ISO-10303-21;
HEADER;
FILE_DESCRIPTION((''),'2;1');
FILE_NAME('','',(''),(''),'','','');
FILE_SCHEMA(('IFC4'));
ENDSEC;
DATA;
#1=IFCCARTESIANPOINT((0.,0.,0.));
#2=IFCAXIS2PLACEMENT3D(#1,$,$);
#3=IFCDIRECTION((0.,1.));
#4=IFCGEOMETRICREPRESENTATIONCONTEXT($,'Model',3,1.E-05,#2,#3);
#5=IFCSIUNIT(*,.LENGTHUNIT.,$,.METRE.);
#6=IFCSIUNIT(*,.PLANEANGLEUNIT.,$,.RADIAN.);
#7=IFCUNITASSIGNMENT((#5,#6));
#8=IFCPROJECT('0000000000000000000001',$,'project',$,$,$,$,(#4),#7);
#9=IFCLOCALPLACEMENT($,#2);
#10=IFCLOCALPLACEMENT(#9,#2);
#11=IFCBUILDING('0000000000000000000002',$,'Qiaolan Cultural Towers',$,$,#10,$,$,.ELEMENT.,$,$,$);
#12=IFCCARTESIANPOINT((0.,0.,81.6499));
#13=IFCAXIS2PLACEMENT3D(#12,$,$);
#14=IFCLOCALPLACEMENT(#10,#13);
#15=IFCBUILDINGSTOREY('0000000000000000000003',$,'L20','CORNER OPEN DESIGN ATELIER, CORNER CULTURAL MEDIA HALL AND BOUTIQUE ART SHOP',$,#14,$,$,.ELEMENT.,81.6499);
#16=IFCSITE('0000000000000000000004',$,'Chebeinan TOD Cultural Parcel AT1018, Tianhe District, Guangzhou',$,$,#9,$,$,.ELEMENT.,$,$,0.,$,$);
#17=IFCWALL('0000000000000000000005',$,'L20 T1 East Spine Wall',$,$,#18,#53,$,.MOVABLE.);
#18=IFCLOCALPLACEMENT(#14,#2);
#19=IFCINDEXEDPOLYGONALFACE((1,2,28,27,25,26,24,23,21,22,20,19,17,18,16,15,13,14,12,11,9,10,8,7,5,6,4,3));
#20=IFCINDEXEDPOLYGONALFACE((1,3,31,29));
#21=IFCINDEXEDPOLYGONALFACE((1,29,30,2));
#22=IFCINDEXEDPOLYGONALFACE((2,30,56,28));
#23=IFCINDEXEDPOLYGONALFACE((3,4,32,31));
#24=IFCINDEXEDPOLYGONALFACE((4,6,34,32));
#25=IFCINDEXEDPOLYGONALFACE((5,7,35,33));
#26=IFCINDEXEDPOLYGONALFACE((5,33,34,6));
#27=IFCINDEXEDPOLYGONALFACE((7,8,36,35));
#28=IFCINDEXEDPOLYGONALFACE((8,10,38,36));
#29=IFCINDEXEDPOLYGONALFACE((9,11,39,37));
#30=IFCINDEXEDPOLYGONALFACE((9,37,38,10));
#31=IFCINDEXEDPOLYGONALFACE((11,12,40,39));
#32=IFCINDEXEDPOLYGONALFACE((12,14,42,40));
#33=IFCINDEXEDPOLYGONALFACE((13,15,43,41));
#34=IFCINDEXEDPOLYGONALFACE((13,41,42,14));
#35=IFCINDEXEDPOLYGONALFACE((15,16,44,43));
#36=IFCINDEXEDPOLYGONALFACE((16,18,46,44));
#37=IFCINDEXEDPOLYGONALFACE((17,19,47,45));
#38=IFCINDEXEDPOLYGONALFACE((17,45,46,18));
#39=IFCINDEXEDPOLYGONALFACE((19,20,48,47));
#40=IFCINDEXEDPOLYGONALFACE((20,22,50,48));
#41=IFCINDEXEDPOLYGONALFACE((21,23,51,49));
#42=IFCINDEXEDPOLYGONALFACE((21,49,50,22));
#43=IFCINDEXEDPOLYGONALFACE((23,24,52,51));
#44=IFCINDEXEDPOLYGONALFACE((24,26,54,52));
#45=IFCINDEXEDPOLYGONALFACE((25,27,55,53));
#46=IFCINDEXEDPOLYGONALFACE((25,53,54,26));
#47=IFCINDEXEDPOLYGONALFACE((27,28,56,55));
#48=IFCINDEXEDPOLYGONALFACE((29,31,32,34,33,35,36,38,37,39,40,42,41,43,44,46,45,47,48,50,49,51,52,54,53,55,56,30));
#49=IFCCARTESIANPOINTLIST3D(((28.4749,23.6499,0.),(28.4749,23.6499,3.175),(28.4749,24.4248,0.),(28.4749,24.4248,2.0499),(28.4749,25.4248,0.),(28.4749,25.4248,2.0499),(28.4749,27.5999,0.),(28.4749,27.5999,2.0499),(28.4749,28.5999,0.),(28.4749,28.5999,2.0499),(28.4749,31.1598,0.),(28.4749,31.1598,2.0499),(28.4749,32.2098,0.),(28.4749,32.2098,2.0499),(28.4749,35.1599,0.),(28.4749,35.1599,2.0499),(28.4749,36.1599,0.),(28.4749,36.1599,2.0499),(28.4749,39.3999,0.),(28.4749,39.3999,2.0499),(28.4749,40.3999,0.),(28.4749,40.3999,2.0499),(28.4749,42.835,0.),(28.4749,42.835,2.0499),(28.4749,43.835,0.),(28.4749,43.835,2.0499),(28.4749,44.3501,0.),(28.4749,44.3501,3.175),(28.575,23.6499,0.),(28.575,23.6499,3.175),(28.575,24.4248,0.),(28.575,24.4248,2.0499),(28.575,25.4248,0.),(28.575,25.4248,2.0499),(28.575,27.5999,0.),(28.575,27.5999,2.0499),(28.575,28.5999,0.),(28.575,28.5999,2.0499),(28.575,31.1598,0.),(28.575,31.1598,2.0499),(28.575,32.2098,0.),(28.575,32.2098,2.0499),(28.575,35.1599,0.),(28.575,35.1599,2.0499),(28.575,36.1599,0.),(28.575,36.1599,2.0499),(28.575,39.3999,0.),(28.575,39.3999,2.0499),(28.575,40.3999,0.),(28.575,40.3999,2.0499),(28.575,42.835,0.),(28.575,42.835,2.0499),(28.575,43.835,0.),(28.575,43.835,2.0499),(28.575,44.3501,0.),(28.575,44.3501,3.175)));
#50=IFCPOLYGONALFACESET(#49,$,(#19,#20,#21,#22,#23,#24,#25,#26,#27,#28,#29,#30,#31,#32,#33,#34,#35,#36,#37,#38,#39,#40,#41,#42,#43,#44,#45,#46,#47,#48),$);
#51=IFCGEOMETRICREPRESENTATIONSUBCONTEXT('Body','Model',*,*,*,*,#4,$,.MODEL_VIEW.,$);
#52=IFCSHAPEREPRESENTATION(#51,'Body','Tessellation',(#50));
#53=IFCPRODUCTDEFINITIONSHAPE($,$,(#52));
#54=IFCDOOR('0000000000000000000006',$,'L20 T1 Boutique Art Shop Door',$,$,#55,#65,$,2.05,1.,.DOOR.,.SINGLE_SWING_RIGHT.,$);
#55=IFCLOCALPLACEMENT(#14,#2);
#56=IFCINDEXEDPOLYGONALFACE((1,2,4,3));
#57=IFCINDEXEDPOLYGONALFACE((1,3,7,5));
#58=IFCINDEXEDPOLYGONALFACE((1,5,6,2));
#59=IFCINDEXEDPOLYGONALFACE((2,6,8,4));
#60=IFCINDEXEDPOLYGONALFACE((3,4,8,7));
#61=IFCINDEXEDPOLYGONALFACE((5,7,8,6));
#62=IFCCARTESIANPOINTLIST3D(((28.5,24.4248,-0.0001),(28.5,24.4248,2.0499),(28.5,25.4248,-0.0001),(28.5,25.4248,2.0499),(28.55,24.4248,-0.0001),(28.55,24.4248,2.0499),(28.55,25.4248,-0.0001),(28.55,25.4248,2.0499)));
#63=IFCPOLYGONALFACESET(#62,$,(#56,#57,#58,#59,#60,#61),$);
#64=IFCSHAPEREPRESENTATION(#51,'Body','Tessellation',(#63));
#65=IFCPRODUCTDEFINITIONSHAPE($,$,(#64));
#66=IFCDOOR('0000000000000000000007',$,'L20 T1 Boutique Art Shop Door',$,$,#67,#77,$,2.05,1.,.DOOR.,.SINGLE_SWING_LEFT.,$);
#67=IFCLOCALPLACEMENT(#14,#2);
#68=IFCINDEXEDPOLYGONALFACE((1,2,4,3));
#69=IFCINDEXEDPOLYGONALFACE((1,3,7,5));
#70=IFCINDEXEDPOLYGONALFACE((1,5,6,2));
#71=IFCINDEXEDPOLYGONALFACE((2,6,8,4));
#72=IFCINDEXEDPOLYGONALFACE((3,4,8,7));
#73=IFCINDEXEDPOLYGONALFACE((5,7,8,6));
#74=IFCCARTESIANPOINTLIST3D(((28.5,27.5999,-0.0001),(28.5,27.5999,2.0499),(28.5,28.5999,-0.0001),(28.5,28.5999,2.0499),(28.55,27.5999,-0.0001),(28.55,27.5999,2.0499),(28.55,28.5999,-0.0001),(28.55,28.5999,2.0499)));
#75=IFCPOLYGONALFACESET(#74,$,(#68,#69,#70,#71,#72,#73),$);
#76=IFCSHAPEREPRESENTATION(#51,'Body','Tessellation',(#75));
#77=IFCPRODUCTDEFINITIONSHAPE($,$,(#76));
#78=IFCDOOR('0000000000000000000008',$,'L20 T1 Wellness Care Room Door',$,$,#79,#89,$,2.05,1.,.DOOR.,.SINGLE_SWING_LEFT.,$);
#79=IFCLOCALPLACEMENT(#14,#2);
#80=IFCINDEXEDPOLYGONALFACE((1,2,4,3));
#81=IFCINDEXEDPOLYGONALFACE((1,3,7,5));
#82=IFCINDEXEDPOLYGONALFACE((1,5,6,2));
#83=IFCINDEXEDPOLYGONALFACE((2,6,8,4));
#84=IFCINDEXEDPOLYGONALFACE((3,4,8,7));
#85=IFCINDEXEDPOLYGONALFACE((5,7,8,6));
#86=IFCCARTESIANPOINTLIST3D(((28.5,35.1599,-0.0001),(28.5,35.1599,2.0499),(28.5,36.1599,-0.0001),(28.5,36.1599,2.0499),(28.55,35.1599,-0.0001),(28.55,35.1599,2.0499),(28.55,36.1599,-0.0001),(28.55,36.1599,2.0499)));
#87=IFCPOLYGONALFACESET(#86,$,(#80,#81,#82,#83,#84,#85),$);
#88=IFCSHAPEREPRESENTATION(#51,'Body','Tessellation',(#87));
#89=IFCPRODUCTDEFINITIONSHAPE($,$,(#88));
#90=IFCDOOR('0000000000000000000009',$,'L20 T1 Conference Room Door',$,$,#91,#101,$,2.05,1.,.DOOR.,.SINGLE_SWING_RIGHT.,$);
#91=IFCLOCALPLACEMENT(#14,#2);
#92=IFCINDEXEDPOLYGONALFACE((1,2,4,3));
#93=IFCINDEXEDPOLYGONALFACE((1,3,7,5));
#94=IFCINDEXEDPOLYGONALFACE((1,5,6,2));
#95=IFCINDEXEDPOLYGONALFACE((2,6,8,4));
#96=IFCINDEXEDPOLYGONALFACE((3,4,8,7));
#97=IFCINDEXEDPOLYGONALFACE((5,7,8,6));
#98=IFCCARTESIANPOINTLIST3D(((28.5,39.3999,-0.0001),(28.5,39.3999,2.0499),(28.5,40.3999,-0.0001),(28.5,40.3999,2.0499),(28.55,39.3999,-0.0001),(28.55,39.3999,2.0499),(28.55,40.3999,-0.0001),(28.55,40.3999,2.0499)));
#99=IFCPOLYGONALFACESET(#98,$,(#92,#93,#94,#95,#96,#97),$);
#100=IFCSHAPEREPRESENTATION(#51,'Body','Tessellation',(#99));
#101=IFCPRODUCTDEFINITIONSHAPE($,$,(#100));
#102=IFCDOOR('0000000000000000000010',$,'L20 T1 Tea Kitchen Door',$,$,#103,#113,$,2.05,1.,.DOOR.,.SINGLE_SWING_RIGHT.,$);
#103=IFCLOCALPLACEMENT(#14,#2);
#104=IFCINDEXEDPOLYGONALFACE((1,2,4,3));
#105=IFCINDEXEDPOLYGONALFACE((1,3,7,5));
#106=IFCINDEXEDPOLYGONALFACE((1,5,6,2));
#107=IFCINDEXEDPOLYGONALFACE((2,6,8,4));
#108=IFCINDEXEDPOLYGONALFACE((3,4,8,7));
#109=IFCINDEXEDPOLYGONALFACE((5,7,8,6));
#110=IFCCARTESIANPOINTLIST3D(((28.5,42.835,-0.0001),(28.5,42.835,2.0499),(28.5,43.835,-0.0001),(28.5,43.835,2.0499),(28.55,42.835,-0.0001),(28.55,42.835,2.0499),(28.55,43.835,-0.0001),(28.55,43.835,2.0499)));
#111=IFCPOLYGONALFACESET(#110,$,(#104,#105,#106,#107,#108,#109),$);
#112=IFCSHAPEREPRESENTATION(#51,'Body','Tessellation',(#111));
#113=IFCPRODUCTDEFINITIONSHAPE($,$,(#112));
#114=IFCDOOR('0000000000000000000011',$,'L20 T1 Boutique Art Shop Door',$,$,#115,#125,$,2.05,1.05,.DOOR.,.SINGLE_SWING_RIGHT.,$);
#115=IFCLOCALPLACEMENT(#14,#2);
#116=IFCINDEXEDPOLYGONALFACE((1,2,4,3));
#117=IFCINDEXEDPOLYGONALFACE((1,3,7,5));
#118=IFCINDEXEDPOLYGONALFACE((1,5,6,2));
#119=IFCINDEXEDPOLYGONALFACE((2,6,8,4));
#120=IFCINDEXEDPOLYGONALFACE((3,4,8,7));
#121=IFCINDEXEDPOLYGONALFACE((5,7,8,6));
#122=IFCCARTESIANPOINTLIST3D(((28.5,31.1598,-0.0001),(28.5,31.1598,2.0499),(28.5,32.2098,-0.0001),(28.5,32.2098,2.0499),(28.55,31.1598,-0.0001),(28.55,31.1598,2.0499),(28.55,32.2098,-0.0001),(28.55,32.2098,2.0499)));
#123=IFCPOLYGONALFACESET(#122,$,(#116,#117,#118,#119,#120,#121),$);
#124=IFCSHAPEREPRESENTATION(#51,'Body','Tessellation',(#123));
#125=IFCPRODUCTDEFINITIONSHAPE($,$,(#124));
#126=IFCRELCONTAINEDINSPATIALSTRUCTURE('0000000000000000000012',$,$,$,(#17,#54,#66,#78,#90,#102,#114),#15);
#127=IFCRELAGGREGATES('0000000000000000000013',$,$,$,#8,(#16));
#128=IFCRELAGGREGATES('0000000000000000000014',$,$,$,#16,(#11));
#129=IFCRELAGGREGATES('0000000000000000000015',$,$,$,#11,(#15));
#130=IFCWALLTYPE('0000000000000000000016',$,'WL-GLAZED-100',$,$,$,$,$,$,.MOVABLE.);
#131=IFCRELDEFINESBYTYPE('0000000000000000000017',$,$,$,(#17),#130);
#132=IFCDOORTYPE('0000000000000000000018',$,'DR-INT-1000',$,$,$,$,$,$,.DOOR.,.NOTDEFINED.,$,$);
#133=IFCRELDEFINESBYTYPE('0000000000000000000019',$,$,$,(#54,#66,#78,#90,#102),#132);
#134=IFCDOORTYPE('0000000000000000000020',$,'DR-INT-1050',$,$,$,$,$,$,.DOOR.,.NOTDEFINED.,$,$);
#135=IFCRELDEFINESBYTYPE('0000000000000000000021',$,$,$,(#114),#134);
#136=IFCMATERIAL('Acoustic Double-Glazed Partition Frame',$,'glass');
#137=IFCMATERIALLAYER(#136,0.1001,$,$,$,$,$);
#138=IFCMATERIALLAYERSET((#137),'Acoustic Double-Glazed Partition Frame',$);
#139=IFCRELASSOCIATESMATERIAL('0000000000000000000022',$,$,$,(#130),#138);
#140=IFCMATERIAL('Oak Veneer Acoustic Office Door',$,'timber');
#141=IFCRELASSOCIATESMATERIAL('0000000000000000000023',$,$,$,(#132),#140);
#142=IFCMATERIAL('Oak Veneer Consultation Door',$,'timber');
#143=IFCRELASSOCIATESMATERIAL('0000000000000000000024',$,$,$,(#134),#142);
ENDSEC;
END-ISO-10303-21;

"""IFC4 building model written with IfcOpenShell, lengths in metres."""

from ifc_helpers import new_model, si_unit, direction, frame, frame_2d, origin, place, context, subcontext, project, spatial, rectangle, extrude, material, layer, layer_set, type_object, element, fill, save


model = new_model("IFC4")

# Units and contexts
model_context = context("Model", 3, precision=1e-05, world=origin(), true_north=direction((0.0, 1.0)))
body_context = subcontext(model_context, "Body", "Model", "MODEL_VIEW")
ifc_project = project(units=[si_unit("LENGTHUNIT", "METRE"), si_unit("PLANEANGLEUNIT", "RADIAN")], contexts=[model_context])

# Site, building, storey
site_placement = place(None, origin())
site = spatial("IfcSite", under=ifc_project, at=site_placement, Name="Chebeinan TOD Cultural Parcel AT1018, Tianhe District, Guangzhou", CompositionType="ELEMENT", RefElevation=0.0)
building_placement = place(site_placement, origin())
building = spatial("IfcBuilding", under=site, at=building_placement, Name="Qiaolan Cultural Towers", CompositionType="ELEMENT")
storey_placement = place(building_placement, frame((0.0, 0.0, 81.6499)))
storey = spatial("IfcBuildingStorey", under=building, at=storey_placement, Name="L20", Description="CORNER OPEN DESIGN ATELIER, CORNER CULTURAL MEDIA HALL AND BOUTIQUE ART SHOP", CompositionType="ELEMENT", Elevation=81.6499)

# Shared definitions
ifc_material_1 = material(Name="Acoustic Double-Glazed Partition Frame", Category="glass")
ifc_layer_1 = layer(ifc_material_1, 0.1001)
ifc_layer_set_1 = layer_set([ifc_layer_1], Name="Acoustic Double-Glazed Partition Frame")
wall_type_1 = type_object("IfcWallType", Name="WL-GLAZED-100", PredefinedType="MOVABLE", material=ifc_layer_set_1)

# Wall, openings, doors
ifc_material_2 = material(Name="Oak Veneer Acoustic Office Door", Category="timber")
door_type_1 = type_object("IfcDoorType", Name="DR-INT-1000", OperationType="NOTDEFINED", PredefinedType="DOOR", material=ifc_material_2)
wall_1_placement = place(storey_placement, frame((28.5249, 23.6499, 0.0), z_axis=(0.0, 0.0, 1.0), x_axis=(0.0, 1.0, 0.0)))
wall_1 = element("IfcWall", 1, at=wall_1_placement, inside=storey, type_object=wall_type_1, Name="L20 T1 East Spine Wall", PredefinedType="MOVABLE", context=body_context, shape_type="SweptSolid", body=[
    extrude(rectangle(XDim=20.7002, YDim=0.1001, at=frame_2d((10.3501, 0.0))), origin(), (0.0, 0.0, 1.0), 3.175),
])
opening_1_placement = place(wall_1_placement, frame((0.7749, 0.0, 0.0)))
opening_1 = element("IfcOpeningElement", 2, at=opening_1_placement, cuts=wall_1, PredefinedType="OPENING", context=body_context, shape_type="SweptSolid", body=[
    extrude(rectangle(XDim=1.0, YDim=2.05, at=frame_2d((0.5, 1.0249))), frame((0.0, 0.0601, 0.0), z_axis=(0.0, -1.0, 0.0), x_axis=(1.0, 0.0, 0.0)), (0.0, 0.0, 1.0), 0.1201),
])
opening_2_placement = place(wall_1_placement, frame((3.95, 0.0, 0.0)))
opening_2 = element("IfcOpeningElement", 3, at=opening_2_placement, cuts=wall_1, PredefinedType="OPENING", context=body_context, shape_type="SweptSolid", body=[
    extrude(rectangle(XDim=1.0, YDim=2.05, at=frame_2d((0.5, 1.0249))), frame((0.0, 0.0601, 0.0), z_axis=(0.0, -1.0, 0.0), x_axis=(1.0, 0.0, 0.0)), (0.0, 0.0, 1.0), 0.1201),
])
opening_3_placement = place(wall_1_placement, frame((7.51, 0.0, 0.0)))
opening_3 = element("IfcOpeningElement", 4, at=opening_3_placement, cuts=wall_1, PredefinedType="OPENING", context=body_context, shape_type="SweptSolid", body=[
    extrude(rectangle(XDim=1.05, YDim=2.05, at=frame_2d((0.5249, 1.0249))), frame((0.0, 0.0601, 0.0), z_axis=(0.0, -1.0, 0.0), x_axis=(1.0, 0.0, 0.0)), (0.0, 0.0, 1.0), 0.1201),
])
opening_4_placement = place(wall_1_placement, frame((11.51, 0.0, 0.0)))
opening_4 = element("IfcOpeningElement", 5, at=opening_4_placement, cuts=wall_1, PredefinedType="OPENING", context=body_context, shape_type="SweptSolid", body=[
    extrude(rectangle(XDim=1.0, YDim=2.05, at=frame_2d((0.5, 1.0249))), frame((0.0, 0.0601, 0.0), z_axis=(0.0, -1.0, 0.0), x_axis=(1.0, 0.0, 0.0)), (0.0, 0.0, 1.0), 0.1201),
])
opening_5_placement = place(wall_1_placement, frame((15.75, 0.0, 0.0)))
opening_5 = element("IfcOpeningElement", 6, at=opening_5_placement, cuts=wall_1, PredefinedType="OPENING", context=body_context, shape_type="SweptSolid", body=[
    extrude(rectangle(XDim=1.0, YDim=2.05, at=frame_2d((0.5, 1.0249))), frame((0.0, 0.0601, 0.0), z_axis=(0.0, -1.0, 0.0), x_axis=(1.0, 0.0, 0.0)), (0.0, 0.0, 1.0), 0.1201),
])
opening_6_placement = place(wall_1_placement, frame((19.1851, 0.0, 0.0)))
opening_6 = element("IfcOpeningElement", 7, at=opening_6_placement, cuts=wall_1, PredefinedType="OPENING", context=body_context, shape_type="SweptSolid", body=[
    extrude(rectangle(XDim=1.0, YDim=2.05, at=frame_2d((0.5, 1.0249))), frame((0.0, 0.0601, 0.0), z_axis=(0.0, -1.0, 0.0), x_axis=(1.0, 0.0, 0.0)), (0.0, 0.0, 1.0), 0.1201),
])
door_1_placement = place(opening_1_placement, origin())
door_1 = element("IfcDoor", 8, at=door_1_placement, inside=storey, type_object=door_type_1, Name="L20 T1 Boutique Art Shop Door", OperationType="SINGLE_SWING_RIGHT", OverallHeight=2.05, OverallWidth=1.0, PredefinedType="DOOR", context=body_context, shape_type="SweptSolid", body=[
    extrude(rectangle(XDim=1.0, YDim=2.05, at=frame_2d((0.5, 1.0249))), frame((0.0, 0.0249, 0.0), z_axis=(0.0, -1.0, 0.0), x_axis=(1.0, 0.0, 0.0)), (0.0, 0.0, 1.0), 0.05),
])
fill(opening_1, door_1)
door_2_placement = place(opening_2_placement, origin())
door_2 = element("IfcDoor", 9, at=door_2_placement, inside=storey, type_object=door_type_1, Name="L20 T1 Boutique Art Shop Door", OperationType="SINGLE_SWING_LEFT", OverallHeight=2.05, OverallWidth=1.0, PredefinedType="DOOR", context=body_context, shape_type="SweptSolid", body=[
    extrude(rectangle(XDim=1.0, YDim=2.05, at=frame_2d((0.5, 1.0249))), frame((0.0, 0.0249, 0.0), z_axis=(0.0, -1.0, 0.0), x_axis=(1.0, 0.0, 0.0)), (0.0, 0.0, 1.0), 0.05),
])
fill(opening_2, door_2)
door_3_placement = place(opening_4_placement, origin())
door_3 = element("IfcDoor", 10, at=door_3_placement, inside=storey, type_object=door_type_1, Name="L20 T1 Wellness Care Room Door", OperationType="SINGLE_SWING_LEFT", OverallHeight=2.05, OverallWidth=1.0, PredefinedType="DOOR", context=body_context, shape_type="SweptSolid", body=[
    extrude(rectangle(XDim=1.0, YDim=2.05, at=frame_2d((0.5, 1.0249))), frame((0.0, 0.0249, 0.0), z_axis=(0.0, -1.0, 0.0), x_axis=(1.0, 0.0, 0.0)), (0.0, 0.0, 1.0), 0.05),
])
fill(opening_4, door_3)
door_4_placement = place(opening_5_placement, origin())
door_4 = element("IfcDoor", 11, at=door_4_placement, inside=storey, type_object=door_type_1, Name="L20 T1 Conference Room Door", OperationType="SINGLE_SWING_RIGHT", OverallHeight=2.05, OverallWidth=1.0, PredefinedType="DOOR", context=body_context, shape_type="SweptSolid", body=[
    extrude(rectangle(XDim=1.0, YDim=2.05, at=frame_2d((0.5, 1.0249))), frame((0.0, 0.0249, 0.0), z_axis=(0.0, -1.0, 0.0), x_axis=(1.0, 0.0, 0.0)), (0.0, 0.0, 1.0), 0.05),
])
fill(opening_5, door_4)
door_5_placement = place(opening_6_placement, origin())
door_5 = element("IfcDoor", 12, at=door_5_placement, inside=storey, type_object=door_type_1, Name="L20 T1 Tea Kitchen Door", OperationType="SINGLE_SWING_RIGHT", OverallHeight=2.05, OverallWidth=1.0, PredefinedType="DOOR", context=body_context, shape_type="SweptSolid", body=[
    extrude(rectangle(XDim=1.0, YDim=2.05, at=frame_2d((0.5, 1.0249))), frame((0.0, 0.0249, 0.0), z_axis=(0.0, -1.0, 0.0), x_axis=(1.0, 0.0, 0.0)), (0.0, 0.0, 1.0), 0.05),
])
fill(opening_6, door_5)
ifc_material_3 = material(Name="Oak Veneer Consultation Door", Category="timber")
door_type_2 = type_object("IfcDoorType", Name="DR-INT-1050", OperationType="NOTDEFINED", PredefinedType="DOOR", material=ifc_material_3)
door_6_placement = place(opening_3_placement, origin())
door_6 = element("IfcDoor", 13, at=door_6_placement, inside=storey, type_object=door_type_2, Name="L20 T1 Boutique Art Shop Door", OperationType="SINGLE_SWING_RIGHT", OverallHeight=2.05, OverallWidth=1.05, PredefinedType="DOOR", context=body_context, shape_type="SweptSolid", body=[
    extrude(rectangle(XDim=1.05, YDim=2.05, at=frame_2d((0.5249, 1.0249))), frame((0.0, 0.0249, 0.0), z_axis=(0.0, -1.0, 0.0), x_axis=(1.0, 0.0, 0.0)), (0.0, 0.0, 1.0), 0.05),
])
fill(opening_3, door_6)

save(model, "model.ifc")
